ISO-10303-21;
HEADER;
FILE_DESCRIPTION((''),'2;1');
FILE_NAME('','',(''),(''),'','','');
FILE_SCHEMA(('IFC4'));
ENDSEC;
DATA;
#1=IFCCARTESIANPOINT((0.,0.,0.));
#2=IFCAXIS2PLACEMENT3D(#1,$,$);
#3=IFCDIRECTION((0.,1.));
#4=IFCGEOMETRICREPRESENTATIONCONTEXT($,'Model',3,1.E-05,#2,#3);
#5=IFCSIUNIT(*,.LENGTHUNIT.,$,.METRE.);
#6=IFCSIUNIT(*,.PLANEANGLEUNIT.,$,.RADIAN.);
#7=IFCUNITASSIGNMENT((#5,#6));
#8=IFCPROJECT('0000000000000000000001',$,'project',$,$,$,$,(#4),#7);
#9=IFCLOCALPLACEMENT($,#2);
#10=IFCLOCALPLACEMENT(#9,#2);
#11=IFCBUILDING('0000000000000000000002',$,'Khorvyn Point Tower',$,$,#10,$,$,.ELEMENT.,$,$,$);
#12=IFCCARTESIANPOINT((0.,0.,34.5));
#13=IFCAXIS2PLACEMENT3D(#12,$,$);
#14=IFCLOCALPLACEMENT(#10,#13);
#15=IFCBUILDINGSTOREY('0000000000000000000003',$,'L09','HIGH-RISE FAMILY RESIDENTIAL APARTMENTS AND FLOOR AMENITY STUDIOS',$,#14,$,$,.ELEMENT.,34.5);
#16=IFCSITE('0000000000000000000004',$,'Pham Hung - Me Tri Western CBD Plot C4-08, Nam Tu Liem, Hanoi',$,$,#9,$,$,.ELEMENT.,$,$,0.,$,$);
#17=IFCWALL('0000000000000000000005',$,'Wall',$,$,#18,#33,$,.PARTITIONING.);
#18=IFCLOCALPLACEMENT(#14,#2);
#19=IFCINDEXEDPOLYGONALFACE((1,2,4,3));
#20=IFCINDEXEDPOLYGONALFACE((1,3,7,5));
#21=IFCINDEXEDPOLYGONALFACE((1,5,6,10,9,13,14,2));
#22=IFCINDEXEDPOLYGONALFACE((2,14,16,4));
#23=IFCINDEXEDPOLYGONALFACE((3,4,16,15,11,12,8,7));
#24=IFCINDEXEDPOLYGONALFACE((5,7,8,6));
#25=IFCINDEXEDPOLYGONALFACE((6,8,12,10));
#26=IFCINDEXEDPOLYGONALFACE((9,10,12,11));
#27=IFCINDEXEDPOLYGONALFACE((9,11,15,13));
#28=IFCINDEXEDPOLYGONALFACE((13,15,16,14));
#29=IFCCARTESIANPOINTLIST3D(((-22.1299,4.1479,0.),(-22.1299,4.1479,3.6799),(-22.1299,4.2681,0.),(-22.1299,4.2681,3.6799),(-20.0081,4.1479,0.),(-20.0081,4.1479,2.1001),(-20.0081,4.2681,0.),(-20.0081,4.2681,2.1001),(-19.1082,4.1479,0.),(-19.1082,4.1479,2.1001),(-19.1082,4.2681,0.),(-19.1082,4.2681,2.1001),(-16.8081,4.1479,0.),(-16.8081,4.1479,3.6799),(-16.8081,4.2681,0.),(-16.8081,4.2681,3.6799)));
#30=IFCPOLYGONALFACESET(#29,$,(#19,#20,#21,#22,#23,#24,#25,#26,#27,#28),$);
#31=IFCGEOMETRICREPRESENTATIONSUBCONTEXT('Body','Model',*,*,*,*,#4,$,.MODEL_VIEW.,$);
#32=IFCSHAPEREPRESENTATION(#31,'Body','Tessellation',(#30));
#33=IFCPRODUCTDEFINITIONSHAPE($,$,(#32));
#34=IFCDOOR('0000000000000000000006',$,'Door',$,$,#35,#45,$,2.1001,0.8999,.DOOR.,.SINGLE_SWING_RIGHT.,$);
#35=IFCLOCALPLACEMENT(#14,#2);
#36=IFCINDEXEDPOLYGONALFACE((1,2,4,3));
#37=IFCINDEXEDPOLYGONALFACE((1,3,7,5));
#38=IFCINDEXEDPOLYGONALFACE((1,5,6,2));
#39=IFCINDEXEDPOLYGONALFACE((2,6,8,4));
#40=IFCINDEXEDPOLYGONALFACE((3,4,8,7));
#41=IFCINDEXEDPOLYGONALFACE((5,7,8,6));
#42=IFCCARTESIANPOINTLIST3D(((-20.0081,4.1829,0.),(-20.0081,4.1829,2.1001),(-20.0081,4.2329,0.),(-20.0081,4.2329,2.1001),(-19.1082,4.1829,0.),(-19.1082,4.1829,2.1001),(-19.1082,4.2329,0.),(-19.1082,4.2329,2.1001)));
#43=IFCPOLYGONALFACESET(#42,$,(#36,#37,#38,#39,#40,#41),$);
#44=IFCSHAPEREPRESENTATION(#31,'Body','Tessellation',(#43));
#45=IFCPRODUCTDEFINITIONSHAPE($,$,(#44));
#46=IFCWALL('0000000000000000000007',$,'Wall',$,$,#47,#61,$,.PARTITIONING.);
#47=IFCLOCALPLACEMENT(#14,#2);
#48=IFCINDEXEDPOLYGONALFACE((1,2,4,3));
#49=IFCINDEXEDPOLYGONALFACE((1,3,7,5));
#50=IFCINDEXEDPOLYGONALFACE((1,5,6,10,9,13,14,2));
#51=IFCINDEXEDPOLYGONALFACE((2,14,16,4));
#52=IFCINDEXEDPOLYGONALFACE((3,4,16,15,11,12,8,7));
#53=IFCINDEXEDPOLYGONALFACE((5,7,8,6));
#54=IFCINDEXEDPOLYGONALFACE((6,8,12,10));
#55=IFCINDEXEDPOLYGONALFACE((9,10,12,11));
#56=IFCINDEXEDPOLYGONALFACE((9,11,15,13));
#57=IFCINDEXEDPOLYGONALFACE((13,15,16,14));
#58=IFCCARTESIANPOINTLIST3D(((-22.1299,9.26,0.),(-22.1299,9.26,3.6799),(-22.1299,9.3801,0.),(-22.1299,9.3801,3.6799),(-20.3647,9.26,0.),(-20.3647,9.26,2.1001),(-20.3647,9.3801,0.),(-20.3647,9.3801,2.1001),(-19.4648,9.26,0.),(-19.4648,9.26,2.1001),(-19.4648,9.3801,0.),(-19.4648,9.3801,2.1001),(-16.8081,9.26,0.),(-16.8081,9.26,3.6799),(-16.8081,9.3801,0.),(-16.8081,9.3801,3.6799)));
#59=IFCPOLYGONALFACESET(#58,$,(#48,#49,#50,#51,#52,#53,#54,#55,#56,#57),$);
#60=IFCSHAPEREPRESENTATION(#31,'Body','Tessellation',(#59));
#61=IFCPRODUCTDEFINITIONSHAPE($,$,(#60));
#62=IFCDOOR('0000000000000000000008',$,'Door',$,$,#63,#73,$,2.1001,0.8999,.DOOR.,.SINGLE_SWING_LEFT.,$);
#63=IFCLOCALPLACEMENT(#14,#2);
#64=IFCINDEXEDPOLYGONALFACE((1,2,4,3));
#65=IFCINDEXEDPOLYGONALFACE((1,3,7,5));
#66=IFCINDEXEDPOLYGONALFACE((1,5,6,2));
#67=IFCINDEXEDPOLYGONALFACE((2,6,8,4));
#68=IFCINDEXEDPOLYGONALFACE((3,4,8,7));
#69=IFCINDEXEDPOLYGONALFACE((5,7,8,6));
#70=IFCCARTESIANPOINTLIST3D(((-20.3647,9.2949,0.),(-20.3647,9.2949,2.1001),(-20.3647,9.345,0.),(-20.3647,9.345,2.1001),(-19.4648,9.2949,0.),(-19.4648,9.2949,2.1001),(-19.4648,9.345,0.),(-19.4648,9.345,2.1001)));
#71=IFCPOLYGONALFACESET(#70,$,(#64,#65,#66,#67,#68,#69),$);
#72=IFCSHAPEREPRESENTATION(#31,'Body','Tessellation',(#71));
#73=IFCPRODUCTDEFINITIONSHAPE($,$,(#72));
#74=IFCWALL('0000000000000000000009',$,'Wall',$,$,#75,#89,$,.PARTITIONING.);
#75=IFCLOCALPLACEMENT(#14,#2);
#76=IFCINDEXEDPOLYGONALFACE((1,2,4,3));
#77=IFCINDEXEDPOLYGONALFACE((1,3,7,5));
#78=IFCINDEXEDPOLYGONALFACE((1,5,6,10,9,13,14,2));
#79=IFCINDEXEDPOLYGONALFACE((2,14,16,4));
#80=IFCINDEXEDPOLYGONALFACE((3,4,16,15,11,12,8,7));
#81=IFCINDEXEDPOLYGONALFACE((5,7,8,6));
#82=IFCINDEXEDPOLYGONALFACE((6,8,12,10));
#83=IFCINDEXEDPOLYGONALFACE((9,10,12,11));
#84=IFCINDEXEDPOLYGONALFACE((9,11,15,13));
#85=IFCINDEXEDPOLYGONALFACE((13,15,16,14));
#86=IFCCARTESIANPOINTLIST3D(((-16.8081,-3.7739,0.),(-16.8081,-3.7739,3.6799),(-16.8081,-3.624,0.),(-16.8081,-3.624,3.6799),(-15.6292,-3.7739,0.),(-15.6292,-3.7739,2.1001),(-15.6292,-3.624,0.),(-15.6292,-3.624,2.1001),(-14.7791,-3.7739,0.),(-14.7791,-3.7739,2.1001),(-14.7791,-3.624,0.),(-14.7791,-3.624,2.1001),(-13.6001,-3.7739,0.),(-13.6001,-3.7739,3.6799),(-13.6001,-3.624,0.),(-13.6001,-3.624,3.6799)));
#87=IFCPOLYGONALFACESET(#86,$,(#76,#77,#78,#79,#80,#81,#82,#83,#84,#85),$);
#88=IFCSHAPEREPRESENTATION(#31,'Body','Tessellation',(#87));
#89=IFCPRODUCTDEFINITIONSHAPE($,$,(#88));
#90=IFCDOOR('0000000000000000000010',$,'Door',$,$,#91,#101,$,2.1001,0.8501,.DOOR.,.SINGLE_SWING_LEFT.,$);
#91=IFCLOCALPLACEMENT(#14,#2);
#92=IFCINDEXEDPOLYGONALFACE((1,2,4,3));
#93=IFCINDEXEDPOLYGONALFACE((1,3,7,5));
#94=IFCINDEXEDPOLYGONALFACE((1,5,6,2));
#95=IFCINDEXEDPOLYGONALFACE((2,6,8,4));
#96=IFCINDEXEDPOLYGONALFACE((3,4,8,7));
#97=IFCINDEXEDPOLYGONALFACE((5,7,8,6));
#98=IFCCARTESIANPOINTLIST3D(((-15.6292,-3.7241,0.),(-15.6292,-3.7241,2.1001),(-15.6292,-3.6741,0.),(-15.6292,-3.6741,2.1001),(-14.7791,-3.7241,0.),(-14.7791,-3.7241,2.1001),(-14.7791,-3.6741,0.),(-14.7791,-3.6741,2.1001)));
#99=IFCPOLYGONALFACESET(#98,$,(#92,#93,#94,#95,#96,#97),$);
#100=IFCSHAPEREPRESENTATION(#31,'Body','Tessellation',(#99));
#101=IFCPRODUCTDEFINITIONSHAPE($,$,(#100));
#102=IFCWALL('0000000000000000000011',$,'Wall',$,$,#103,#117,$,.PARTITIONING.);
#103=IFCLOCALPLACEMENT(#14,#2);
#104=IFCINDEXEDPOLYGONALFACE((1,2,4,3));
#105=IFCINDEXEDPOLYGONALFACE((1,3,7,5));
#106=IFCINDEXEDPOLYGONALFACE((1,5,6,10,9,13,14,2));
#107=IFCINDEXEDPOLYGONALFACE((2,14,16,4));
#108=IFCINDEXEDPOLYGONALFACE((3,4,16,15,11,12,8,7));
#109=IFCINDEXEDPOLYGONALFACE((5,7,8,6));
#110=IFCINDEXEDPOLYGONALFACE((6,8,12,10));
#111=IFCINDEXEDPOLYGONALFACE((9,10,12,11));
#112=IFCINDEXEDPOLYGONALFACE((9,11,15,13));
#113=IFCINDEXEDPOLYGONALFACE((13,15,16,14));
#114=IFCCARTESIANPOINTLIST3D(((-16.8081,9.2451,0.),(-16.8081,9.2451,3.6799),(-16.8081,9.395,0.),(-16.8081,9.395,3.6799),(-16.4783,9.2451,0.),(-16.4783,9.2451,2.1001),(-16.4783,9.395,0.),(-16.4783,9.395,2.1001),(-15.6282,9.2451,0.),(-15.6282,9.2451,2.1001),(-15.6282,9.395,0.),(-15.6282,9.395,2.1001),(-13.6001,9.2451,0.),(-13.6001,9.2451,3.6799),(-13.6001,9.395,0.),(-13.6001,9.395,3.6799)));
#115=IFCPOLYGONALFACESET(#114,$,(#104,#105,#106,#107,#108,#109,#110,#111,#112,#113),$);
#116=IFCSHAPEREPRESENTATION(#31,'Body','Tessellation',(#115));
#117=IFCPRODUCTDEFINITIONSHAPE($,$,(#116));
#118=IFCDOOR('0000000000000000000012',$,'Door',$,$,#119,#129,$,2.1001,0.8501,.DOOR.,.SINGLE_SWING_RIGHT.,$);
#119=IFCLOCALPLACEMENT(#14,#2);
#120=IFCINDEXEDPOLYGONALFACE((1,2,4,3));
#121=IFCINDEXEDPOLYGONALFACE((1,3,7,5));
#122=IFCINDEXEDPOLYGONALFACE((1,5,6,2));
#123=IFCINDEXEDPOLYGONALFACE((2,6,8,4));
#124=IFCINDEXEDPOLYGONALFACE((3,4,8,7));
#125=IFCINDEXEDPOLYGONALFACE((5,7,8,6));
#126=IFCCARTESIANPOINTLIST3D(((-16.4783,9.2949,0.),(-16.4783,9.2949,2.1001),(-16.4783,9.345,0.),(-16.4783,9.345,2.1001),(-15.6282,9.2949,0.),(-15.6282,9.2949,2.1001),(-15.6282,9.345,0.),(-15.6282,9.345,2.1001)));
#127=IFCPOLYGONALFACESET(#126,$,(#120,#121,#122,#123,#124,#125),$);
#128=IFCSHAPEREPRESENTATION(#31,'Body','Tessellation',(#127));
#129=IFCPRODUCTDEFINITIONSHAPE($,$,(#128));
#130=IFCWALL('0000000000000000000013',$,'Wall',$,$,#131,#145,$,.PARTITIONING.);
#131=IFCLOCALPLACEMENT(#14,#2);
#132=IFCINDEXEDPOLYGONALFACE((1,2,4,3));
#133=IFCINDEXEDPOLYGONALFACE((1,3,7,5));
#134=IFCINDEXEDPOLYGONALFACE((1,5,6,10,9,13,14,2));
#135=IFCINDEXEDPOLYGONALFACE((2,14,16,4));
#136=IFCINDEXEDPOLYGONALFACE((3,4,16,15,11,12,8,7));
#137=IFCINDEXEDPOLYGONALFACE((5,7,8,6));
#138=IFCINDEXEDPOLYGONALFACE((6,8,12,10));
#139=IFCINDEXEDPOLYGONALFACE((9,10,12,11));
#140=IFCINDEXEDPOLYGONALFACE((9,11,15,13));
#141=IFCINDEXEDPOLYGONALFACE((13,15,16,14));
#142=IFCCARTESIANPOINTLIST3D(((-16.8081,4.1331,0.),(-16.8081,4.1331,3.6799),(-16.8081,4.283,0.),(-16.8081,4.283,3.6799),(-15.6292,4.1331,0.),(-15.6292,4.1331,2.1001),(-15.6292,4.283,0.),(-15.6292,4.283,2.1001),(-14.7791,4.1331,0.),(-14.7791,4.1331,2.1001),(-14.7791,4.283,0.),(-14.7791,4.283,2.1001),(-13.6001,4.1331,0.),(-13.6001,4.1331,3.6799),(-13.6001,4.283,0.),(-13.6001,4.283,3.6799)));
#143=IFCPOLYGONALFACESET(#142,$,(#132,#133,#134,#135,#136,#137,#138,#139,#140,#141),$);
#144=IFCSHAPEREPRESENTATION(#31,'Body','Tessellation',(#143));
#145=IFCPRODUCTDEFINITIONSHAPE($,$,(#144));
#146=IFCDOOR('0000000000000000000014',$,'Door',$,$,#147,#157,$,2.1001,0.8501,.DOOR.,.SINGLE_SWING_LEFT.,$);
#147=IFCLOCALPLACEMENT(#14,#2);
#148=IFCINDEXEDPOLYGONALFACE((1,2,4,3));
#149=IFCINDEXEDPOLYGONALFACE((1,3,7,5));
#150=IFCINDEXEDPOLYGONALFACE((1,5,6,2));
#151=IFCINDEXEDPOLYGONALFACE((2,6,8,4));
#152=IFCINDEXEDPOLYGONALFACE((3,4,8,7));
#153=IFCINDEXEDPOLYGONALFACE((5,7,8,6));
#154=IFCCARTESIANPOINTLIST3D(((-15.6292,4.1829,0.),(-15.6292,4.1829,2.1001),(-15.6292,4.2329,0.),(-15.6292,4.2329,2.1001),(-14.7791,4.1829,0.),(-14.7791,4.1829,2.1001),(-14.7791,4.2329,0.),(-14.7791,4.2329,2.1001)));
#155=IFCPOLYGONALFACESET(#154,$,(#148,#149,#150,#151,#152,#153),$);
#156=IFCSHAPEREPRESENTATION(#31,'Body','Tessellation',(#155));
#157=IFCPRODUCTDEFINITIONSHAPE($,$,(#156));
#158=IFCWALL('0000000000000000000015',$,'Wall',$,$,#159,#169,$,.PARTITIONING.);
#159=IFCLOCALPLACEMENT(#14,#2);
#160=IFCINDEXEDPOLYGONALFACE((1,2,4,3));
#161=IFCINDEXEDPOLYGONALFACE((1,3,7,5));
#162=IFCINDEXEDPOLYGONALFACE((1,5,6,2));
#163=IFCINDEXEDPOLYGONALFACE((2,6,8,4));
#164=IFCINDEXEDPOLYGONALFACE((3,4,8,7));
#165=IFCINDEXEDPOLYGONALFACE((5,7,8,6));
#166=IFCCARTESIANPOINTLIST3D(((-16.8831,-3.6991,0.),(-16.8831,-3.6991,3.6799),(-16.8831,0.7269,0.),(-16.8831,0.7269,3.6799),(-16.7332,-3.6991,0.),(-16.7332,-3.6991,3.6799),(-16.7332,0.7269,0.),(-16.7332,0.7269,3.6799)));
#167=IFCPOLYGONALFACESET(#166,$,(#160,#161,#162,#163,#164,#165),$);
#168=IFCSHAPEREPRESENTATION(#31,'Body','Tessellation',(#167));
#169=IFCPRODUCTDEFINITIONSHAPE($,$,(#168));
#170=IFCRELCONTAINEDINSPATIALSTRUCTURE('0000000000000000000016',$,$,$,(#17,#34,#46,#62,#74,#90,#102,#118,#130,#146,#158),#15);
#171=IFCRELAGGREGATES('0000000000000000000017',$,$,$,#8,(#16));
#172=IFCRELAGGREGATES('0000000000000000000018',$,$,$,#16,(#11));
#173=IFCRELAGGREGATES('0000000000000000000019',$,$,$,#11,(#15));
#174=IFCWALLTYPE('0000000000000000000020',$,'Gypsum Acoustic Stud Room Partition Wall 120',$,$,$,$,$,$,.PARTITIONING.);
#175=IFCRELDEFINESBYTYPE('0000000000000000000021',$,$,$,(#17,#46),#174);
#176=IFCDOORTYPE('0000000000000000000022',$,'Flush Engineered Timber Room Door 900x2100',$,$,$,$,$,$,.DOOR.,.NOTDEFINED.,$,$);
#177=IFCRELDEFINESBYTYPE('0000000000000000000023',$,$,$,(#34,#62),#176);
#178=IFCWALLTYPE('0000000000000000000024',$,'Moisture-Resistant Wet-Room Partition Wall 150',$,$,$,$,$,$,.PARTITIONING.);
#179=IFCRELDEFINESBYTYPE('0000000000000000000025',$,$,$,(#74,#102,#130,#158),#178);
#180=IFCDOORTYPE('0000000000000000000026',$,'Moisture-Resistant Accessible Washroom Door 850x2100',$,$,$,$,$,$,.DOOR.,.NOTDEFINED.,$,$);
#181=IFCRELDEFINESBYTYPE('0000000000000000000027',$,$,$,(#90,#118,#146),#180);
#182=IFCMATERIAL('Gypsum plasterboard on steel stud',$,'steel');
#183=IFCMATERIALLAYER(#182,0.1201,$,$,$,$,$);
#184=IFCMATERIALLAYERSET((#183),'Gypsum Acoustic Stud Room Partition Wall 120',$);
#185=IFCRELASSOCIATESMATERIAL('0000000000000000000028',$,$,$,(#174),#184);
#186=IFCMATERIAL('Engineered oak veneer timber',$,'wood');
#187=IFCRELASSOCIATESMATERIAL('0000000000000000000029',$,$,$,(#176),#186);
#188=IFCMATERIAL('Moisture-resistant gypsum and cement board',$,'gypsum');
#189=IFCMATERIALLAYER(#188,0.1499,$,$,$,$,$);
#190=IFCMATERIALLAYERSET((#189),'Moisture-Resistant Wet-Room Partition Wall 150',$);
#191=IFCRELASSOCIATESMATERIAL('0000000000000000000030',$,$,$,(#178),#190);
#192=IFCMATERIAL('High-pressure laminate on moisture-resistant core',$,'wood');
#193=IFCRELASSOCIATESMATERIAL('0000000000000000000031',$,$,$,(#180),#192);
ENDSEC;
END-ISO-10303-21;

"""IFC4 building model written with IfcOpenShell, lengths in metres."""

from ifc_helpers import new_model, si_unit, direction, frame, frame_2d, origin, place, context, subcontext, project, spatial, rectangle, extrude, material, layer, layer_set, type_object, element, fill, save


model = new_model("IFC4")

# Units and contexts
model_context = context("Model", 3, precision=1e-05, world=origin(), true_north=direction((0.0, 1.0)))
body_context = subcontext(model_context, "Body", "Model", "MODEL_VIEW")
ifc_project = project(units=[si_unit("LENGTHUNIT", "METRE"), si_unit("PLANEANGLEUNIT", "RADIAN")], contexts=[model_context])

# Site, building, storey
site_placement = place(None, origin())
site = spatial("IfcSite", under=ifc_project, at=site_placement, Name="Pham Hung - Me Tri Western CBD Plot C4-08, Nam Tu Liem, Hanoi", CompositionType="ELEMENT", RefElevation=0.0)
building_placement = place(site_placement, origin())
building = spatial("IfcBuilding", under=site, at=building_placement, Name="Khorvyn Point Tower", CompositionType="ELEMENT")
storey_placement = place(building_placement, frame((0.0, 0.0, 34.5)))
storey = spatial("IfcBuildingStorey", under=building, at=storey_placement, Name="L09", Description="HIGH-RISE FAMILY RESIDENTIAL APARTMENTS AND FLOOR AMENITY STUDIOS", CompositionType="ELEMENT", Elevation=34.5)

# Walls, openings, doors
ifc_material_1 = material(Name="Gypsum plasterboard on steel stud", Category="steel")
ifc_layer_1 = layer(ifc_material_1, 0.1201)
ifc_layer_set_1 = layer_set([ifc_layer_1], Name="Gypsum Acoustic Stud Room Partition Wall 120")
wall_type_1 = type_object("IfcWallType", Name="Gypsum Acoustic Stud Room Partition Wall 120", PredefinedType="PARTITIONING", material=ifc_layer_set_1)
ifc_material_2 = material(Name="Engineered oak veneer timber", Category="wood")
door_type_1 = type_object("IfcDoorType", Name="Flush Engineered Timber Room Door 900x2100", OperationType="NOTDEFINED", PredefinedType="DOOR", material=ifc_material_2)
wall_1_placement = place(storey_placement, frame((-22.1299, 4.208, 0.0), z_axis=(0.0, 0.0, 1.0), x_axis=(1.0, 0.0, 0.0)))
wall_1 = element("IfcWall", 1, at=wall_1_placement, inside=storey, type_object=wall_type_1, Name="Wall", PredefinedType="PARTITIONING", context=body_context, shape_type="SweptSolid", body=[
    extrude(rectangle(XDim=5.3218, YDim=0.1201, at=frame_2d((2.6609, 0.0))), origin(), (0.0, 0.0, 1.0), 3.6799),
])
opening_1_placement = place(wall_1_placement, frame((2.1218, 0.0, 0.0)))
opening_1 = element("IfcOpeningElement", 2, at=opening_1_placement, cuts=wall_1, PredefinedType="OPENING", context=body_context, shape_type="SweptSolid", body=[
    extrude(rectangle(XDim=0.8999, YDim=2.1001, at=frame_2d((0.45, 1.05))), frame((0.0, 0.0701, 0.0), z_axis=(0.0, -1.0, 0.0), x_axis=(1.0, 0.0, 0.0)), (0.0, 0.0, 1.0), 0.1401),
])
door_1_placement = place(opening_1_placement, origin())
door_1 = element("IfcDoor", 3, at=door_1_placement, inside=storey, type_object=door_type_1, Name="Door", OperationType="SINGLE_SWING_RIGHT", OverallHeight=2.1001, OverallWidth=0.8999, PredefinedType="DOOR", context=body_context, shape_type="SweptSolid", body=[
    extrude(rectangle(XDim=0.8999, YDim=2.1001, at=frame_2d((0.45, 1.05))), frame((0.0, 0.0249, 0.0), z_axis=(0.0, -1.0, 0.0), x_axis=(1.0, 0.0, 0.0)), (0.0, 0.0, 1.0), 0.05),
])
fill(opening_1, door_1)
wall_2_placement = place(storey_placement, frame((-22.1299, 9.3201, 0.0), z_axis=(0.0, 0.0, 1.0), x_axis=(1.0, 0.0, 0.0)))
wall_2 = element("IfcWall", 4, at=wall_2_placement, inside=storey, type_object=wall_type_1, Name="Wall", PredefinedType="PARTITIONING", context=body_context, shape_type="SweptSolid", body=[
    extrude(rectangle(XDim=5.3218, YDim=0.1201, at=frame_2d((2.6609, 0.0))), origin(), (0.0, 0.0, 1.0), 3.6799),
])
opening_2_placement = place(wall_2_placement, frame((1.7651, 0.0, 0.0)))
opening_2 = element("IfcOpeningElement", 5, at=opening_2_placement, cuts=wall_2, PredefinedType="OPENING", context=body_context, shape_type="SweptSolid", body=[
    extrude(rectangle(XDim=0.8999, YDim=2.1001, at=frame_2d((0.45, 1.05))), frame((0.0, 0.0701, 0.0), z_axis=(0.0, -1.0, 0.0), x_axis=(1.0, 0.0, 0.0)), (0.0, 0.0, 1.0), 0.1401),
])
door_2_placement = place(opening_2_placement, origin())
door_2 = element("IfcDoor", 6, at=door_2_placement, inside=storey, type_object=door_type_1, Name="Door", OperationType="SINGLE_SWING_LEFT", OverallHeight=2.1001, OverallWidth=0.8999, PredefinedType="DOOR", context=body_context, shape_type="SweptSolid", body=[
    extrude(rectangle(XDim=0.8999, YDim=2.1001, at=frame_2d((0.45, 1.05))), frame((0.0, 0.0249, 0.0), z_axis=(0.0, -1.0, 0.0), x_axis=(1.0, 0.0, 0.0)), (0.0, 0.0, 1.0), 0.05),
])
fill(opening_2, door_2)
ifc_material_3 = material(Name="Moisture-resistant gypsum and cement board", Category="gypsum")
ifc_layer_2 = layer(ifc_material_3, 0.1499)
ifc_layer_set_2 = layer_set([ifc_layer_2], Name="Moisture-Resistant Wet-Room Partition Wall 150")
wall_type_2 = type_object("IfcWallType", Name="Moisture-Resistant Wet-Room Partition Wall 150", PredefinedType="PARTITIONING", material=ifc_layer_set_2)
wall_3_placement = place(storey_placement, frame((-16.8081, -3.699, 0.0), z_axis=(0.0, 0.0, 1.0), x_axis=(1.0, 0.0, 0.0)))
wall_3 = element("IfcWall", 7, at=wall_3_placement, inside=storey, type_object=wall_type_2, Name="Wall", PredefinedType="PARTITIONING", context=body_context, shape_type="SweptSolid", body=[
    extrude(rectangle(XDim=3.208, YDim=0.1499, at=frame_2d((1.604, 0.0))), origin(), (0.0, 0.0, 1.0), 3.6799),
])
opening_3_placement = place(wall_3_placement, frame((1.179, 0.0, 0.0)))
opening_3 = element("IfcOpeningElement", 8, at=opening_3_placement, cuts=wall_3, PredefinedType="OPENING", context=body_context, shape_type="SweptSolid", body=[
    extrude(rectangle(XDim=0.8501, YDim=2.1001, at=frame_2d((0.425, 1.05))), frame((0.0, 0.085, 0.0), z_axis=(0.0, -1.0, 0.0), x_axis=(1.0, 0.0, 0.0)), (0.0, 0.0, 1.0), 0.1699),
])
ifc_material_4 = material(Name="High-pressure laminate on moisture-resistant core", Category="wood")
door_type_2 = type_object("IfcDoorType", Name="Moisture-Resistant Accessible Washroom Door 850x2100", OperationType="NOTDEFINED", PredefinedType="DOOR", material=ifc_material_4)
door_3_placement = place(opening_3_placement, origin())
door_3 = element("IfcDoor", 9, at=door_3_placement, inside=storey, type_object=door_type_2, Name="Door", OperationType="SINGLE_SWING_LEFT", OverallHeight=2.1001, OverallWidth=0.8501, PredefinedType="DOOR", context=body_context, shape_type="SweptSolid", body=[
    extrude(rectangle(XDim=0.8501, YDim=2.1001, at=frame_2d((0.425, 1.05))), frame((0.0, 0.0249, 0.0), z_axis=(0.0, -1.0, 0.0), x_axis=(1.0, 0.0, 0.0)), (0.0, 0.0, 1.0), 0.05),
])
fill(opening_3, door_3)
wall_4_placement = place(storey_placement, frame((-16.8081, 9.3201, 0.0), z_axis=(0.0, 0.0, 1.0), x_axis=(1.0, 0.0, 0.0)))
wall_4 = element("IfcWall", 10, at=wall_4_placement, inside=storey, type_object=wall_type_2, Name="Wall", PredefinedType="PARTITIONING", context=body_context, shape_type="SweptSolid", body=[
    extrude(rectangle(XDim=3.208, YDim=0.1499, at=frame_2d((1.604, 0.0))), origin(), (0.0, 0.0, 1.0), 3.6799),
])
opening_4_placement = place(wall_4_placement, frame((0.3298, 0.0, 0.0)))
opening_4 = element("IfcOpeningElement", 11, at=opening_4_placement, cuts=wall_4, PredefinedType="OPENING", context=body_context, shape_type="SweptSolid", body=[
    extrude(rectangle(XDim=0.8501, YDim=2.1001, at=frame_2d((0.425, 1.05))), frame((0.0, 0.085, 0.0), z_axis=(0.0, -1.0, 0.0), x_axis=(1.0, 0.0, 0.0)), (0.0, 0.0, 1.0), 0.1699),
])
door_4_placement = place(opening_4_placement, origin())
door_4 = element("IfcDoor", 12, at=door_4_placement, inside=storey, type_object=door_type_2, Name="Door", OperationType="SINGLE_SWING_RIGHT", OverallHeight=2.1001, OverallWidth=0.8501, PredefinedType="DOOR", context=body_context, shape_type="SweptSolid", body=[
    extrude(rectangle(XDim=0.8501, YDim=2.1001, at=frame_2d((0.425, 1.05))), frame((0.0, 0.0249, 0.0), z_axis=(0.0, -1.0, 0.0), x_axis=(1.0, 0.0, 0.0)), (0.0, 0.0, 1.0), 0.05),
])
fill(opening_4, door_4)
wall_5_placement = place(storey_placement, frame((-16.8081, 4.208, 0.0), z_axis=(0.0, 0.0, 1.0), x_axis=(1.0, 0.0, 0.0)))
wall_5 = element("IfcWall", 13, at=wall_5_placement, inside=storey, type_object=wall_type_2, Name="Wall", PredefinedType="PARTITIONING", context=body_context, shape_type="SweptSolid", body=[
    extrude(rectangle(XDim=3.208, YDim=0.1499, at=frame_2d((1.604, 0.0))), origin(), (0.0, 0.0, 1.0), 3.6799),
])
opening_5_placement = place(wall_5_placement, frame((1.179, 0.0, 0.0)))
opening_5 = element("IfcOpeningElement", 14, at=opening_5_placement, cuts=wall_5, PredefinedType="OPENING", context=body_context, shape_type="SweptSolid", body=[
    extrude(rectangle(XDim=0.8501, YDim=2.1001, at=frame_2d((0.425, 1.05))), frame((0.0, 0.085, 0.0), z_axis=(0.0, -1.0, 0.0), x_axis=(1.0, 0.0, 0.0)), (0.0, 0.0, 1.0), 0.1699),
])
door_5_placement = place(opening_5_placement, origin())
door_5 = element("IfcDoor", 15, at=door_5_placement, inside=storey, type_object=door_type_2, Name="Door", OperationType="SINGLE_SWING_LEFT", OverallHeight=2.1001, OverallWidth=0.8501, PredefinedType="DOOR", context=body_context, shape_type="SweptSolid", body=[
    extrude(rectangle(XDim=0.8501, YDim=2.1001, at=frame_2d((0.425, 1.05))), frame((0.0, 0.0249, 0.0), z_axis=(0.0, -1.0, 0.0), x_axis=(1.0, 0.0, 0.0)), (0.0, 0.0, 1.0), 0.05),
])
fill(opening_5, door_5)

# Wall
wall_6_placement = place(storey_placement, frame((-16.8081, -3.699, 0.0), z_axis=(0.0, 0.0, 1.0), x_axis=(0.0, 1.0, 0.0)))
element("IfcWall", 16, at=wall_6_placement, inside=storey, type_object=wall_type_2, Name="Wall", PredefinedType="PARTITIONING", context=body_context, shape_type="SweptSolid", body=[
    extrude(rectangle(XDim=4.426, YDim=0.1499, at=frame_2d((2.2129, 0.0))), origin(), (0.0, 0.0, 1.0), 3.6799),
])

save(model, "model.ifc")
